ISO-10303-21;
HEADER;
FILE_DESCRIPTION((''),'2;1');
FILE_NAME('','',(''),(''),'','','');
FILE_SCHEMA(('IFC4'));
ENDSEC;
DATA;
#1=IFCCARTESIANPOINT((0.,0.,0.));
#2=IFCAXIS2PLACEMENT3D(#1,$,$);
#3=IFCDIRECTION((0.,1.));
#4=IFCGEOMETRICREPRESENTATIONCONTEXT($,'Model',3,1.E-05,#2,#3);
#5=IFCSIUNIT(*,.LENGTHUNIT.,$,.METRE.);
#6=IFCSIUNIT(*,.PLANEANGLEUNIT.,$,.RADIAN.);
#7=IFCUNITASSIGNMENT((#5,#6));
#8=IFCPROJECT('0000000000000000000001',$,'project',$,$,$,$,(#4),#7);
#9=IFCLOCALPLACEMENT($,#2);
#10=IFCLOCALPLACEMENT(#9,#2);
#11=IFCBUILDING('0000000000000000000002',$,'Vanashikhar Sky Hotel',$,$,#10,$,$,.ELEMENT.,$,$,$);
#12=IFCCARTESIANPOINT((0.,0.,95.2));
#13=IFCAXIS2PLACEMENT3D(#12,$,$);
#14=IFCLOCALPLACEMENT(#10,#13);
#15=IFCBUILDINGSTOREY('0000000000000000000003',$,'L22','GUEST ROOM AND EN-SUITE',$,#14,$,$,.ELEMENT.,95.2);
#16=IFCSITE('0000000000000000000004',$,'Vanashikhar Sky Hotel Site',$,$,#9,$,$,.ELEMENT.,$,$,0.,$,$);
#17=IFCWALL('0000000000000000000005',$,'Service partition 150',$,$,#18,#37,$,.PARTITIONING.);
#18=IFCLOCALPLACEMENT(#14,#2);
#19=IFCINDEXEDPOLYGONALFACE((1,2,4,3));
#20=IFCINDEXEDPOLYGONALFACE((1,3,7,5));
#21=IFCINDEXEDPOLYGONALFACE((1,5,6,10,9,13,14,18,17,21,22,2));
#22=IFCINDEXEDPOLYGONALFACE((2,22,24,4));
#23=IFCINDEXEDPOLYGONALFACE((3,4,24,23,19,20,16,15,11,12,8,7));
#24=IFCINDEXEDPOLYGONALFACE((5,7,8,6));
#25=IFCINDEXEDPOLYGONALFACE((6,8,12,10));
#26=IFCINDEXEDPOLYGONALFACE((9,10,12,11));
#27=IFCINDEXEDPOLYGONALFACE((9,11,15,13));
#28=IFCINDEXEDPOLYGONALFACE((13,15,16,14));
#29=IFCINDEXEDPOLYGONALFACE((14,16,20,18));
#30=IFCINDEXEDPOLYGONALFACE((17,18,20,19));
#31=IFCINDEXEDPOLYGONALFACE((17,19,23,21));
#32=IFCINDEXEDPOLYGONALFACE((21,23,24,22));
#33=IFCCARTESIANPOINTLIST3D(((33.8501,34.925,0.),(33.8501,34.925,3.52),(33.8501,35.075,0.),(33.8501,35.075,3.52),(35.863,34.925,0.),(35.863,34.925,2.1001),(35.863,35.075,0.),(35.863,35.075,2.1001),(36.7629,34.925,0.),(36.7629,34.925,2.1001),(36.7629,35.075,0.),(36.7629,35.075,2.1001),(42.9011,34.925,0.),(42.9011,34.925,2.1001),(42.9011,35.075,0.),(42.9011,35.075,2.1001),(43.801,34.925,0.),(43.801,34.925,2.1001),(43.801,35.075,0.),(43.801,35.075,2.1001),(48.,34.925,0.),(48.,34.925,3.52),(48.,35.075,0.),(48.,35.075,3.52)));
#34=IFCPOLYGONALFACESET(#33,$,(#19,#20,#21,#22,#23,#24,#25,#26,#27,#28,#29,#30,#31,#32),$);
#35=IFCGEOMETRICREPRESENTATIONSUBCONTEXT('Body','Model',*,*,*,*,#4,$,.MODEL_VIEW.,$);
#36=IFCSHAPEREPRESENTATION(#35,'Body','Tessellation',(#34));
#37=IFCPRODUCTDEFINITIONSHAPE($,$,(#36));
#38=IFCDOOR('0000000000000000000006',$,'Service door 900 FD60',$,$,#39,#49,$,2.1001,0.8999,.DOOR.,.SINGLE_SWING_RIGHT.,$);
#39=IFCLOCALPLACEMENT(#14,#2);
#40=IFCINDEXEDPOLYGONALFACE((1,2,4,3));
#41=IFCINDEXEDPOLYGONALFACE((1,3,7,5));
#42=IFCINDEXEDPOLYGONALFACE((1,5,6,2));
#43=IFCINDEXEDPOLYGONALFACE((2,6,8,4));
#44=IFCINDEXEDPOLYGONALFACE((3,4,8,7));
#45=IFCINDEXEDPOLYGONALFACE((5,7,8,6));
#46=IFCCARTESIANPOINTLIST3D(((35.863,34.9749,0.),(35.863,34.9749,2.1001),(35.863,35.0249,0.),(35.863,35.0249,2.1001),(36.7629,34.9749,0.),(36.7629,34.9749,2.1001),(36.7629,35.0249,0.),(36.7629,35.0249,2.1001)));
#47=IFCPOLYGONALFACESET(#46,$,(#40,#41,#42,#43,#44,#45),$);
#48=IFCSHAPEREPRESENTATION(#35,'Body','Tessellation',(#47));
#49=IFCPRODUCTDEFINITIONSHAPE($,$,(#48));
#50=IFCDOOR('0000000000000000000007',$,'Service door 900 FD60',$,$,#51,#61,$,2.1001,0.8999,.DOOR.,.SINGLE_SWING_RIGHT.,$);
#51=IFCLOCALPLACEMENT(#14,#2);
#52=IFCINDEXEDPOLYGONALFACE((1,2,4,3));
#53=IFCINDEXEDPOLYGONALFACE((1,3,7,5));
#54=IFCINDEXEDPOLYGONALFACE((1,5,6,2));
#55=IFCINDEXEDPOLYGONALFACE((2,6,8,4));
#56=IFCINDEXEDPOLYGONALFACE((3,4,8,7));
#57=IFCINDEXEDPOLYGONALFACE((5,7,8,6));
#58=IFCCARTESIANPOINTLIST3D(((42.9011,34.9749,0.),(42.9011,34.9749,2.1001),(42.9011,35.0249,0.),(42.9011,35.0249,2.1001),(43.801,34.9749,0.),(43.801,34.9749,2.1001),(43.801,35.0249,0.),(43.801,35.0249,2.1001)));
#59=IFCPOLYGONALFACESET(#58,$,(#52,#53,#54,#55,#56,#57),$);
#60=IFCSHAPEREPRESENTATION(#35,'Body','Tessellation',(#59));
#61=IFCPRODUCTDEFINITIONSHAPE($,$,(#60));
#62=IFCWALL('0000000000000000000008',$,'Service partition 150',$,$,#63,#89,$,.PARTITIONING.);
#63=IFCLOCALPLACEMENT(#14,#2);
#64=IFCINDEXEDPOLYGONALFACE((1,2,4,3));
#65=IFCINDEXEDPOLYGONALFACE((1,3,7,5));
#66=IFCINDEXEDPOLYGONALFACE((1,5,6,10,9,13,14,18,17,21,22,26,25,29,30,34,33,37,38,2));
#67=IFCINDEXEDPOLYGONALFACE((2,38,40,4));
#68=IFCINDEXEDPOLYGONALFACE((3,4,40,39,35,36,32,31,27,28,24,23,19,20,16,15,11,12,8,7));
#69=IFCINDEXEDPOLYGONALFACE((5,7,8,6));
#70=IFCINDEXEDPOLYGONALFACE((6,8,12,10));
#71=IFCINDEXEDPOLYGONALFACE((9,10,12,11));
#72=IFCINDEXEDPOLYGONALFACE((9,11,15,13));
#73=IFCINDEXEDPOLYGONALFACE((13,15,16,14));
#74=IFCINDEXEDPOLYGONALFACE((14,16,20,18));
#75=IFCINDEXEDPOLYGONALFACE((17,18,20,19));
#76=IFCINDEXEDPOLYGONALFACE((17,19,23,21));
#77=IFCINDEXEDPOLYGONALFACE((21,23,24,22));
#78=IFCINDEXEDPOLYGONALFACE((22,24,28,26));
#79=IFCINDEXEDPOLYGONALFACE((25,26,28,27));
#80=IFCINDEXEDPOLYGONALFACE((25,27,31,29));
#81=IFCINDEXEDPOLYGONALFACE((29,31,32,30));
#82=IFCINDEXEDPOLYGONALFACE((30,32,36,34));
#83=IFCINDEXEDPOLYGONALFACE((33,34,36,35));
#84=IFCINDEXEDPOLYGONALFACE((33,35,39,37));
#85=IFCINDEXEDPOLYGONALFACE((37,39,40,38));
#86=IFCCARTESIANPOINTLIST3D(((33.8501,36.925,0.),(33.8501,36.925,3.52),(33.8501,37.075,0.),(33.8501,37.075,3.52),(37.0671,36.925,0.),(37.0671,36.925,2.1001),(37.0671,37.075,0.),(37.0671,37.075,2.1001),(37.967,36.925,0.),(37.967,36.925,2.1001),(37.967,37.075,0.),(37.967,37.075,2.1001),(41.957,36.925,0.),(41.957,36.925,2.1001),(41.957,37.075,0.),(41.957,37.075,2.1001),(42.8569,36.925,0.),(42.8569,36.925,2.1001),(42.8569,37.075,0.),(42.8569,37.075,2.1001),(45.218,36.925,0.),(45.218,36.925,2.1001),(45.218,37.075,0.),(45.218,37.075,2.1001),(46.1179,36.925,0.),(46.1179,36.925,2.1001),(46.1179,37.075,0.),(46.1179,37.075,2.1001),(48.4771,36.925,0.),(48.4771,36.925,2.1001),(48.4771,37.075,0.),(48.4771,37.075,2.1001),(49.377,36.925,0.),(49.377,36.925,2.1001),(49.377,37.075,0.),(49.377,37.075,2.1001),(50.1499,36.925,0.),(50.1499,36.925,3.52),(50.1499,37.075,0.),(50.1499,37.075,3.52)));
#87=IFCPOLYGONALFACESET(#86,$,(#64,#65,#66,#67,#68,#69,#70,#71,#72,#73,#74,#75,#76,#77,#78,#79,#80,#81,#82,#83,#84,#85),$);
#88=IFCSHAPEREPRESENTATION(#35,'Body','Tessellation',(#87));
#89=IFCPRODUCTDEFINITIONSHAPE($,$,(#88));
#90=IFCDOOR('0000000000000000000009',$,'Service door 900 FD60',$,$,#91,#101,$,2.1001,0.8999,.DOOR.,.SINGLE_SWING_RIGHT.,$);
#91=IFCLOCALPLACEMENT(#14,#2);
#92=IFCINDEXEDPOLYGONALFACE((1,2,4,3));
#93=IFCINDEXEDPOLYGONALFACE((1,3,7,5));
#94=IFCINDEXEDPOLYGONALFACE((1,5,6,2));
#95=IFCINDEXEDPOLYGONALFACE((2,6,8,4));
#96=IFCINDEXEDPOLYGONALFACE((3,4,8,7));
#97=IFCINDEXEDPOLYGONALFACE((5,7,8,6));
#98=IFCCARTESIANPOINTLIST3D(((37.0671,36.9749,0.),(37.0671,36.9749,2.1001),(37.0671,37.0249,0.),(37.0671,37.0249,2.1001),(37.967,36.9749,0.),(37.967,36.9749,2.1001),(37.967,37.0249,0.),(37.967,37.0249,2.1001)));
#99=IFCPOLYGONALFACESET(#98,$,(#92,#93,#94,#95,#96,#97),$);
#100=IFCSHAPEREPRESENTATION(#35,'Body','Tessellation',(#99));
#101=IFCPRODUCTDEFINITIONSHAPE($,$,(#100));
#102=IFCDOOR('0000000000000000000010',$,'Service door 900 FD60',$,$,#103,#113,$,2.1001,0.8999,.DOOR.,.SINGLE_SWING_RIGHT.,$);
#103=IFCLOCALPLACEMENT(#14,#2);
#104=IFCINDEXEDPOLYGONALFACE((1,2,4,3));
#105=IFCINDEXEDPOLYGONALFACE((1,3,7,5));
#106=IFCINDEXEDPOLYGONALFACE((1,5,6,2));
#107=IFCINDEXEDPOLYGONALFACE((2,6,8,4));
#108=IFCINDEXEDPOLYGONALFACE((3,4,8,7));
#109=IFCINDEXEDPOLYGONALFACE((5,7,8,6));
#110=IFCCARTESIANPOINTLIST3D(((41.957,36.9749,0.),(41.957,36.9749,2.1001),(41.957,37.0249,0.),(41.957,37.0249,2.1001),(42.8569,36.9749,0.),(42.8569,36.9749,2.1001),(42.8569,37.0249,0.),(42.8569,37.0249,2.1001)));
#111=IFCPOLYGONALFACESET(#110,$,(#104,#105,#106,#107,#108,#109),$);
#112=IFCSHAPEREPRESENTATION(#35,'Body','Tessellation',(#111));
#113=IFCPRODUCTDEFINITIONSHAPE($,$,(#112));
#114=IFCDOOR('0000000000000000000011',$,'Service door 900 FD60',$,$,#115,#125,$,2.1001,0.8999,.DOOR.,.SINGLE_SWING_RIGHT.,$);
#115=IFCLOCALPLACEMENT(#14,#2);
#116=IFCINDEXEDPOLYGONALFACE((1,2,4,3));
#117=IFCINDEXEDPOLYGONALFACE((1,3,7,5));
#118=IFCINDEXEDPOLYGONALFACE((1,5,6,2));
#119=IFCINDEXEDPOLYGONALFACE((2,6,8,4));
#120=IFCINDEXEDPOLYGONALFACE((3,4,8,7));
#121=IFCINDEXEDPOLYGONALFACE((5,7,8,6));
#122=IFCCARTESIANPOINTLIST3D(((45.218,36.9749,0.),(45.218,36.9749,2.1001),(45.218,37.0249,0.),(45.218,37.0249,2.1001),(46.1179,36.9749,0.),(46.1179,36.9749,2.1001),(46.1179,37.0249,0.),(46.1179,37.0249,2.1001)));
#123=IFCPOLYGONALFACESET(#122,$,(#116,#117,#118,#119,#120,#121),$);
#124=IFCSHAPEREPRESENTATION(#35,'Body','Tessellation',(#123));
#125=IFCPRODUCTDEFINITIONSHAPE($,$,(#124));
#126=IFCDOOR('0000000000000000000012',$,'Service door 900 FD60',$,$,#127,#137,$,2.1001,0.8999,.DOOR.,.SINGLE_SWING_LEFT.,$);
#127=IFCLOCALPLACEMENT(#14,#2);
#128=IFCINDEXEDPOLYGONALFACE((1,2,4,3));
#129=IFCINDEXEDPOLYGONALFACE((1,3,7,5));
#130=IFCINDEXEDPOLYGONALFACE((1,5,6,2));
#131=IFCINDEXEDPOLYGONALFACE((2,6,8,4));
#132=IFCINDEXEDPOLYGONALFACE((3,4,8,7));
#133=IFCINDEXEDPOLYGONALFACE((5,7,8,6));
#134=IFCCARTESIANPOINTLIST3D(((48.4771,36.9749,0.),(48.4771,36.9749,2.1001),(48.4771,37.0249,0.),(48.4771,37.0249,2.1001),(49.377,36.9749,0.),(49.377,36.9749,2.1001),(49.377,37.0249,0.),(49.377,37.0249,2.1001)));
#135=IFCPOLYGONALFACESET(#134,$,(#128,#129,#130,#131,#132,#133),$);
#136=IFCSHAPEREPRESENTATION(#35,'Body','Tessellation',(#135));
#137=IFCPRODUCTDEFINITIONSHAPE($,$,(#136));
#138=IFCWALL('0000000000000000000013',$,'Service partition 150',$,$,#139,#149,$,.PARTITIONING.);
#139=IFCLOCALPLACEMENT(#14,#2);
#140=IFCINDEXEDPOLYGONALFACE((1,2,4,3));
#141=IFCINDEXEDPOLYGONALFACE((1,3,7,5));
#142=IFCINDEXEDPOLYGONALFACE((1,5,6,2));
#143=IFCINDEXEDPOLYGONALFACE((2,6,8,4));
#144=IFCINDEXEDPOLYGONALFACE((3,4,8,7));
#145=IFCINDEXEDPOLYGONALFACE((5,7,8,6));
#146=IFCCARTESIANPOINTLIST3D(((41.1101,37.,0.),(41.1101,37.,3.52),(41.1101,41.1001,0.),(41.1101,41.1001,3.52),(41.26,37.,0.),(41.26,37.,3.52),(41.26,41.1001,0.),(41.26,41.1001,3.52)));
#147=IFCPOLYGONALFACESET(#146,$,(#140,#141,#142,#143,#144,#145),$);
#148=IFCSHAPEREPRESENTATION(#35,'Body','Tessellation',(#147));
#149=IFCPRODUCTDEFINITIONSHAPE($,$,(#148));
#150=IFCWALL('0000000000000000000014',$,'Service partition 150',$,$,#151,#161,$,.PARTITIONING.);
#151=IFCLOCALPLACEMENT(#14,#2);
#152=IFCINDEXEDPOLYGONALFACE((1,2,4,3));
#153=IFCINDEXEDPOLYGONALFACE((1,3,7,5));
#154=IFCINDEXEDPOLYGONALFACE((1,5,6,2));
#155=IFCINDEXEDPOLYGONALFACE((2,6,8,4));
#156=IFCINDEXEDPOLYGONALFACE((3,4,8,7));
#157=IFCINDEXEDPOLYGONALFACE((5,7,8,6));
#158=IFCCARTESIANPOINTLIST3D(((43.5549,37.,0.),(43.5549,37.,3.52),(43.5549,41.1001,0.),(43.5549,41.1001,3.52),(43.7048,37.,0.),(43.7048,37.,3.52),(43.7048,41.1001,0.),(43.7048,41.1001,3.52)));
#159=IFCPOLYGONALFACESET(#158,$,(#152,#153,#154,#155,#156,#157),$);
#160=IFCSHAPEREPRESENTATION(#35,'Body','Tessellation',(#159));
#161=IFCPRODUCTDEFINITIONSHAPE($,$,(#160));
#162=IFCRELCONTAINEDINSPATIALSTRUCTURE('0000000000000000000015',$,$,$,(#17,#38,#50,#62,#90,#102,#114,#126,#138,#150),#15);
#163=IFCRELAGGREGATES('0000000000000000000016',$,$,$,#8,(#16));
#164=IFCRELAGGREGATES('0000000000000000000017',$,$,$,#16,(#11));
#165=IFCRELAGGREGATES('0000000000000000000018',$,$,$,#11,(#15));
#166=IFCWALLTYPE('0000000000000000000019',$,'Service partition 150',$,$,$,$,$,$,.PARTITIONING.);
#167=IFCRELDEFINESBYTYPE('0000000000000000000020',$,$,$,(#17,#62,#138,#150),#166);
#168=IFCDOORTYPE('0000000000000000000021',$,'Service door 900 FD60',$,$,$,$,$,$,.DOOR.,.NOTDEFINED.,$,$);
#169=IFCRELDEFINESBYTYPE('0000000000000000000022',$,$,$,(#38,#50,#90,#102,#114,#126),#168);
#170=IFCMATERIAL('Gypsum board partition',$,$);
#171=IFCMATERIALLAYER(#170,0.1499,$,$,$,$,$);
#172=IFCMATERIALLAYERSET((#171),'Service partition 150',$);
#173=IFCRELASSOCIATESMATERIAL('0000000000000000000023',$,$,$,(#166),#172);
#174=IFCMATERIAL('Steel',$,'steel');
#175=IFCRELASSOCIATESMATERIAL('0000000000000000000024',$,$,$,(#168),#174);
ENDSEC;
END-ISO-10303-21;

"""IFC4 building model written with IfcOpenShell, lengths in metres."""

from ifc_helpers import new_model, si_unit, direction, frame, frame_2d, origin, place, context, subcontext, project, spatial, rectangle, extrude, source, transform, mapped, material, layer, layer_set, type_object, element, fill, save


model = new_model("IFC4")

# Units and contexts
model_context = context("Model", 3, precision=1e-05, world=origin(), true_north=direction((0.0, 1.0)))
body_context = subcontext(model_context, "Body", "Model", "MODEL_VIEW")
ifc_project = project(units=[si_unit("LENGTHUNIT", "METRE"), si_unit("PLANEANGLEUNIT", "RADIAN")], contexts=[model_context])

# Site, building, storey
site_placement = place(None, origin())
site = spatial("IfcSite", under=ifc_project, at=site_placement, Name="Vanashikhar Sky Hotel Site", CompositionType="ELEMENT", RefElevation=0.0)
building_placement = place(site_placement, origin())
building = spatial("IfcBuilding", under=site, at=building_placement, Name="Vanashikhar Sky Hotel", CompositionType="ELEMENT")
storey_placement = place(building_placement, frame((0.0, 0.0, 95.2)))
storey = spatial("IfcBuildingStorey", under=building, at=storey_placement, Name="L22", Description="GUEST ROOM AND EN-SUITE", CompositionType="ELEMENT", Elevation=95.2)

# Shared definitions
ifc_material_1 = material(Name="Steel", Category="steel")

# Shared definitions
ifc_material_2 = material(Name="Gypsum board partition")
ifc_layer_1 = layer(ifc_material_2, 0.1499)
ifc_layer_set_1 = layer_set([ifc_layer_1], Name="Service partition 150")
wall_type_1 = type_object("IfcWallType", Name="Service partition 150", PredefinedType="PARTITIONING", material=ifc_layer_set_1)

# Walls, openings, doors
shared_shape_1 = source(origin(), body_context, "Body", "SweptSolid", [
    extrude(rectangle(XDim=14.1499, YDim=0.1499, at=frame_2d((7.075, 0.0))), origin(), (0.0, 0.0, 1.0), 3.52),
])
wall_1_placement = place(storey_placement, frame((33.8501, 35.0, 0.0), z_axis=(0.0, 0.0, 1.0), x_axis=(1.0, 0.0, 0.0)))
wall_1 = element("IfcWall", 1, at=wall_1_placement, inside=storey, type_object=wall_type_1, Name="Service partition 150", PredefinedType="PARTITIONING", context=body_context, shape_type="MappedRepresentation", body=[
    mapped(shared_shape_1, transform((0.0, 0.0, 0.0), scale=1.0)),
])
shared_shape_2 = source(origin(), body_context, "Body", "SweptSolid", [
    extrude(rectangle(XDim=0.8999, YDim=2.1001, at=frame_2d((0.45, 1.05))), frame((0.0, 0.085, 0.0), z_axis=(0.0, -1.0, 0.0), x_axis=(1.0, 0.0, 0.0)), (0.0, 0.0, 1.0), 0.1699),
])
opening_1_placement = place(wall_1_placement, frame((2.0129, 0.0, 0.0)))
opening_1 = element("IfcOpeningElement", 2, at=opening_1_placement, cuts=wall_1, PredefinedType="OPENING", context=body_context, shape_type="MappedRepresentation", body=[
    mapped(shared_shape_2, transform((0.0, 0.0, 0.0), scale=1.0)),
])
opening_2_placement = place(wall_1_placement, frame((9.051, 0.0, 0.0)))
opening_2 = element("IfcOpeningElement", 3, at=opening_2_placement, cuts=wall_1, PredefinedType="OPENING", context=body_context, shape_type="MappedRepresentation", body=[
    mapped(shared_shape_2, transform((0.0, 0.0, 0.0), scale=1.0)),
])
door_type_1 = type_object("IfcDoorType", Name="Service door 900 FD60", OperationType="NOTDEFINED", PredefinedType="DOOR", material=ifc_material_1)
shared_shape_3 = source(origin(), body_context, "Body", "SweptSolid", [
    extrude(rectangle(XDim=0.8999, YDim=2.1001, at=frame_2d((0.45, 1.05))), frame((0.0, 0.0249, 0.0), z_axis=(0.0, -1.0, 0.0), x_axis=(1.0, 0.0, 0.0)), (0.0, 0.0, 1.0), 0.05),
])
door_1_placement = place(opening_1_placement, origin())
door_1 = element("IfcDoor", 4, at=door_1_placement, inside=storey, type_object=door_type_1, Name="Service door 900 FD60", OperationType="SINGLE_SWING_RIGHT", OverallHeight=2.1001, OverallWidth=0.8999, PredefinedType="DOOR", context=body_context, shape_type="MappedRepresentation", body=[
    mapped(shared_shape_3, transform((0.0, 0.0, 0.0), scale=1.0)),
])
fill(opening_1, door_1)
door_2_placement = place(opening_2_placement, origin())
door_2 = element("IfcDoor", 5, at=door_2_placement, inside=storey, type_object=door_type_1, Name="Service door 900 FD60", OperationType="SINGLE_SWING_RIGHT", OverallHeight=2.1001, OverallWidth=0.8999, PredefinedType="DOOR", context=body_context, shape_type="MappedRepresentation", body=[
    mapped(shared_shape_3, transform((0.0, 0.0, 0.0), scale=1.0)),
])
fill(opening_2, door_2)
shared_shape_4 = source(origin(), body_context, "Body", "SweptSolid", [
    extrude(rectangle(XDim=16.2998, YDim=0.1499, at=frame_2d((8.1499, 0.0))), origin(), (0.0, 0.0, 1.0), 3.52),
])
wall_2_placement = place(storey_placement, frame((33.8501, 37.0, 0.0), z_axis=(0.0, 0.0, 1.0), x_axis=(1.0, 0.0, 0.0)))
wall_2 = element("IfcWall", 6, at=wall_2_placement, inside=storey, type_object=wall_type_1, Name="Service partition 150", PredefinedType="PARTITIONING", context=body_context, shape_type="MappedRepresentation", body=[
    mapped(shared_shape_4, transform((0.0, 0.0, 0.0), scale=1.0)),
])
opening_3_placement = place(wall_2_placement, frame((3.217, 0.0, 0.0)))
opening_3 = element("IfcOpeningElement", 7, at=opening_3_placement, cuts=wall_2, PredefinedType="OPENING", context=body_context, shape_type="MappedRepresentation", body=[
    mapped(shared_shape_2, transform((0.0, 0.0, 0.0), scale=1.0)),
])
opening_4_placement = place(wall_2_placement, frame((8.1069, 0.0, 0.0)))
opening_4 = element("IfcOpeningElement", 8, at=opening_4_placement, cuts=wall_2, PredefinedType="OPENING", context=body_context, shape_type="MappedRepresentation", body=[
    mapped(shared_shape_2, transform((0.0, 0.0, 0.0), scale=1.0)),
])
opening_5_placement = place(wall_2_placement, frame((11.3679, 0.0, 0.0)))
opening_5 = element("IfcOpeningElement", 9, at=opening_5_placement, cuts=wall_2, PredefinedType="OPENING", context=body_context, shape_type="MappedRepresentation", body=[
    mapped(shared_shape_2, transform((0.0, 0.0, 0.0), scale=1.0)),
])
opening_6_placement = place(wall_2_placement, frame((14.627, 0.0, 0.0)))
opening_6 = element("IfcOpeningElement", 10, at=opening_6_placement, cuts=wall_2, PredefinedType="OPENING", context=body_context, shape_type="MappedRepresentation", body=[
    mapped(shared_shape_2, transform((0.0, 0.0, 0.0), scale=1.0)),
])
door_3_placement = place(opening_3_placement, origin())
door_3 = element("IfcDoor", 11, at=door_3_placement, inside=storey, type_object=door_type_1, Name="Service door 900 FD60", OperationType="SINGLE_SWING_RIGHT", OverallHeight=2.1001, OverallWidth=0.8999, PredefinedType="DOOR", context=body_context, shape_type="MappedRepresentation", body=[
    mapped(shared_shape_3, transform((0.0, 0.0, 0.0), scale=1.0)),
])
fill(opening_3, door_3)
door_4_placement = place(opening_4_placement, origin())
door_4 = element("IfcDoor", 12, at=door_4_placement, inside=storey, type_object=door_type_1, Name="Service door 900 FD60", OperationType="SINGLE_SWING_RIGHT", OverallHeight=2.1001, OverallWidth=0.8999, PredefinedType="DOOR", context=body_context, shape_type="MappedRepresentation", body=[
    mapped(shared_shape_3, transform((0.0, 0.0, 0.0), scale=1.0)),
])
fill(opening_4, door_4)
door_5_placement = place(opening_5_placement, origin())
door_5 = element("IfcDoor", 13, at=door_5_placement, inside=storey, type_object=door_type_1, Name="Service door 900 FD60", OperationType="SINGLE_SWING_RIGHT", OverallHeight=2.1001, OverallWidth=0.8999, PredefinedType="DOOR", context=body_context, shape_type="MappedRepresentation", body=[
    mapped(shared_shape_3, transform((0.0, 0.0, 0.0), scale=1.0)),
])
fill(opening_5, door_5)
door_6_placement = place(opening_6_placement, origin())
door_6 = element("IfcDoor", 14, at=door_6_placement, inside=storey, type_object=door_type_1, Name="Service door 900 FD60", OperationType="SINGLE_SWING_LEFT", OverallHeight=2.1001, OverallWidth=0.8999, PredefinedType="DOOR", context=body_context, shape_type="MappedRepresentation", body=[
    mapped(shared_shape_3, transform((0.0, 0.0, 0.0), scale=1.0)),
])
fill(opening_6, door_6)

# Walls
shared_shape_5 = source(origin(), body_context, "Body", "SweptSolid", [
    extrude(rectangle(XDim=4.1001, YDim=0.1499, at=frame_2d((2.05, 0.0))), origin(), (0.0, 0.0, 1.0), 3.52),
])
for number, where, z_axis, x_axis, name in (
    (15, (41.1851, 37.0, 0.0), (0.0, 0.0, 1.0), (0.0, 1.0, 0.0), "Service partition 150"),
    (16, (43.6299, 37.0, 0.0), (0.0, 0.0, 1.0), (0.0, 1.0, 0.0), "Service partition 150"),
):
    element("IfcWall", number, at=place(storey_placement, frame(where, z_axis=z_axis, x_axis=x_axis)), inside=storey, type_object=wall_type_1, Name=name, PredefinedType="PARTITIONING", context=body_context, shape_type="MappedRepresentation", body=[
        mapped(shared_shape_5, transform((0.0, 0.0, 0.0), scale=1.0)),
    ])

save(model, "model.ifc")
